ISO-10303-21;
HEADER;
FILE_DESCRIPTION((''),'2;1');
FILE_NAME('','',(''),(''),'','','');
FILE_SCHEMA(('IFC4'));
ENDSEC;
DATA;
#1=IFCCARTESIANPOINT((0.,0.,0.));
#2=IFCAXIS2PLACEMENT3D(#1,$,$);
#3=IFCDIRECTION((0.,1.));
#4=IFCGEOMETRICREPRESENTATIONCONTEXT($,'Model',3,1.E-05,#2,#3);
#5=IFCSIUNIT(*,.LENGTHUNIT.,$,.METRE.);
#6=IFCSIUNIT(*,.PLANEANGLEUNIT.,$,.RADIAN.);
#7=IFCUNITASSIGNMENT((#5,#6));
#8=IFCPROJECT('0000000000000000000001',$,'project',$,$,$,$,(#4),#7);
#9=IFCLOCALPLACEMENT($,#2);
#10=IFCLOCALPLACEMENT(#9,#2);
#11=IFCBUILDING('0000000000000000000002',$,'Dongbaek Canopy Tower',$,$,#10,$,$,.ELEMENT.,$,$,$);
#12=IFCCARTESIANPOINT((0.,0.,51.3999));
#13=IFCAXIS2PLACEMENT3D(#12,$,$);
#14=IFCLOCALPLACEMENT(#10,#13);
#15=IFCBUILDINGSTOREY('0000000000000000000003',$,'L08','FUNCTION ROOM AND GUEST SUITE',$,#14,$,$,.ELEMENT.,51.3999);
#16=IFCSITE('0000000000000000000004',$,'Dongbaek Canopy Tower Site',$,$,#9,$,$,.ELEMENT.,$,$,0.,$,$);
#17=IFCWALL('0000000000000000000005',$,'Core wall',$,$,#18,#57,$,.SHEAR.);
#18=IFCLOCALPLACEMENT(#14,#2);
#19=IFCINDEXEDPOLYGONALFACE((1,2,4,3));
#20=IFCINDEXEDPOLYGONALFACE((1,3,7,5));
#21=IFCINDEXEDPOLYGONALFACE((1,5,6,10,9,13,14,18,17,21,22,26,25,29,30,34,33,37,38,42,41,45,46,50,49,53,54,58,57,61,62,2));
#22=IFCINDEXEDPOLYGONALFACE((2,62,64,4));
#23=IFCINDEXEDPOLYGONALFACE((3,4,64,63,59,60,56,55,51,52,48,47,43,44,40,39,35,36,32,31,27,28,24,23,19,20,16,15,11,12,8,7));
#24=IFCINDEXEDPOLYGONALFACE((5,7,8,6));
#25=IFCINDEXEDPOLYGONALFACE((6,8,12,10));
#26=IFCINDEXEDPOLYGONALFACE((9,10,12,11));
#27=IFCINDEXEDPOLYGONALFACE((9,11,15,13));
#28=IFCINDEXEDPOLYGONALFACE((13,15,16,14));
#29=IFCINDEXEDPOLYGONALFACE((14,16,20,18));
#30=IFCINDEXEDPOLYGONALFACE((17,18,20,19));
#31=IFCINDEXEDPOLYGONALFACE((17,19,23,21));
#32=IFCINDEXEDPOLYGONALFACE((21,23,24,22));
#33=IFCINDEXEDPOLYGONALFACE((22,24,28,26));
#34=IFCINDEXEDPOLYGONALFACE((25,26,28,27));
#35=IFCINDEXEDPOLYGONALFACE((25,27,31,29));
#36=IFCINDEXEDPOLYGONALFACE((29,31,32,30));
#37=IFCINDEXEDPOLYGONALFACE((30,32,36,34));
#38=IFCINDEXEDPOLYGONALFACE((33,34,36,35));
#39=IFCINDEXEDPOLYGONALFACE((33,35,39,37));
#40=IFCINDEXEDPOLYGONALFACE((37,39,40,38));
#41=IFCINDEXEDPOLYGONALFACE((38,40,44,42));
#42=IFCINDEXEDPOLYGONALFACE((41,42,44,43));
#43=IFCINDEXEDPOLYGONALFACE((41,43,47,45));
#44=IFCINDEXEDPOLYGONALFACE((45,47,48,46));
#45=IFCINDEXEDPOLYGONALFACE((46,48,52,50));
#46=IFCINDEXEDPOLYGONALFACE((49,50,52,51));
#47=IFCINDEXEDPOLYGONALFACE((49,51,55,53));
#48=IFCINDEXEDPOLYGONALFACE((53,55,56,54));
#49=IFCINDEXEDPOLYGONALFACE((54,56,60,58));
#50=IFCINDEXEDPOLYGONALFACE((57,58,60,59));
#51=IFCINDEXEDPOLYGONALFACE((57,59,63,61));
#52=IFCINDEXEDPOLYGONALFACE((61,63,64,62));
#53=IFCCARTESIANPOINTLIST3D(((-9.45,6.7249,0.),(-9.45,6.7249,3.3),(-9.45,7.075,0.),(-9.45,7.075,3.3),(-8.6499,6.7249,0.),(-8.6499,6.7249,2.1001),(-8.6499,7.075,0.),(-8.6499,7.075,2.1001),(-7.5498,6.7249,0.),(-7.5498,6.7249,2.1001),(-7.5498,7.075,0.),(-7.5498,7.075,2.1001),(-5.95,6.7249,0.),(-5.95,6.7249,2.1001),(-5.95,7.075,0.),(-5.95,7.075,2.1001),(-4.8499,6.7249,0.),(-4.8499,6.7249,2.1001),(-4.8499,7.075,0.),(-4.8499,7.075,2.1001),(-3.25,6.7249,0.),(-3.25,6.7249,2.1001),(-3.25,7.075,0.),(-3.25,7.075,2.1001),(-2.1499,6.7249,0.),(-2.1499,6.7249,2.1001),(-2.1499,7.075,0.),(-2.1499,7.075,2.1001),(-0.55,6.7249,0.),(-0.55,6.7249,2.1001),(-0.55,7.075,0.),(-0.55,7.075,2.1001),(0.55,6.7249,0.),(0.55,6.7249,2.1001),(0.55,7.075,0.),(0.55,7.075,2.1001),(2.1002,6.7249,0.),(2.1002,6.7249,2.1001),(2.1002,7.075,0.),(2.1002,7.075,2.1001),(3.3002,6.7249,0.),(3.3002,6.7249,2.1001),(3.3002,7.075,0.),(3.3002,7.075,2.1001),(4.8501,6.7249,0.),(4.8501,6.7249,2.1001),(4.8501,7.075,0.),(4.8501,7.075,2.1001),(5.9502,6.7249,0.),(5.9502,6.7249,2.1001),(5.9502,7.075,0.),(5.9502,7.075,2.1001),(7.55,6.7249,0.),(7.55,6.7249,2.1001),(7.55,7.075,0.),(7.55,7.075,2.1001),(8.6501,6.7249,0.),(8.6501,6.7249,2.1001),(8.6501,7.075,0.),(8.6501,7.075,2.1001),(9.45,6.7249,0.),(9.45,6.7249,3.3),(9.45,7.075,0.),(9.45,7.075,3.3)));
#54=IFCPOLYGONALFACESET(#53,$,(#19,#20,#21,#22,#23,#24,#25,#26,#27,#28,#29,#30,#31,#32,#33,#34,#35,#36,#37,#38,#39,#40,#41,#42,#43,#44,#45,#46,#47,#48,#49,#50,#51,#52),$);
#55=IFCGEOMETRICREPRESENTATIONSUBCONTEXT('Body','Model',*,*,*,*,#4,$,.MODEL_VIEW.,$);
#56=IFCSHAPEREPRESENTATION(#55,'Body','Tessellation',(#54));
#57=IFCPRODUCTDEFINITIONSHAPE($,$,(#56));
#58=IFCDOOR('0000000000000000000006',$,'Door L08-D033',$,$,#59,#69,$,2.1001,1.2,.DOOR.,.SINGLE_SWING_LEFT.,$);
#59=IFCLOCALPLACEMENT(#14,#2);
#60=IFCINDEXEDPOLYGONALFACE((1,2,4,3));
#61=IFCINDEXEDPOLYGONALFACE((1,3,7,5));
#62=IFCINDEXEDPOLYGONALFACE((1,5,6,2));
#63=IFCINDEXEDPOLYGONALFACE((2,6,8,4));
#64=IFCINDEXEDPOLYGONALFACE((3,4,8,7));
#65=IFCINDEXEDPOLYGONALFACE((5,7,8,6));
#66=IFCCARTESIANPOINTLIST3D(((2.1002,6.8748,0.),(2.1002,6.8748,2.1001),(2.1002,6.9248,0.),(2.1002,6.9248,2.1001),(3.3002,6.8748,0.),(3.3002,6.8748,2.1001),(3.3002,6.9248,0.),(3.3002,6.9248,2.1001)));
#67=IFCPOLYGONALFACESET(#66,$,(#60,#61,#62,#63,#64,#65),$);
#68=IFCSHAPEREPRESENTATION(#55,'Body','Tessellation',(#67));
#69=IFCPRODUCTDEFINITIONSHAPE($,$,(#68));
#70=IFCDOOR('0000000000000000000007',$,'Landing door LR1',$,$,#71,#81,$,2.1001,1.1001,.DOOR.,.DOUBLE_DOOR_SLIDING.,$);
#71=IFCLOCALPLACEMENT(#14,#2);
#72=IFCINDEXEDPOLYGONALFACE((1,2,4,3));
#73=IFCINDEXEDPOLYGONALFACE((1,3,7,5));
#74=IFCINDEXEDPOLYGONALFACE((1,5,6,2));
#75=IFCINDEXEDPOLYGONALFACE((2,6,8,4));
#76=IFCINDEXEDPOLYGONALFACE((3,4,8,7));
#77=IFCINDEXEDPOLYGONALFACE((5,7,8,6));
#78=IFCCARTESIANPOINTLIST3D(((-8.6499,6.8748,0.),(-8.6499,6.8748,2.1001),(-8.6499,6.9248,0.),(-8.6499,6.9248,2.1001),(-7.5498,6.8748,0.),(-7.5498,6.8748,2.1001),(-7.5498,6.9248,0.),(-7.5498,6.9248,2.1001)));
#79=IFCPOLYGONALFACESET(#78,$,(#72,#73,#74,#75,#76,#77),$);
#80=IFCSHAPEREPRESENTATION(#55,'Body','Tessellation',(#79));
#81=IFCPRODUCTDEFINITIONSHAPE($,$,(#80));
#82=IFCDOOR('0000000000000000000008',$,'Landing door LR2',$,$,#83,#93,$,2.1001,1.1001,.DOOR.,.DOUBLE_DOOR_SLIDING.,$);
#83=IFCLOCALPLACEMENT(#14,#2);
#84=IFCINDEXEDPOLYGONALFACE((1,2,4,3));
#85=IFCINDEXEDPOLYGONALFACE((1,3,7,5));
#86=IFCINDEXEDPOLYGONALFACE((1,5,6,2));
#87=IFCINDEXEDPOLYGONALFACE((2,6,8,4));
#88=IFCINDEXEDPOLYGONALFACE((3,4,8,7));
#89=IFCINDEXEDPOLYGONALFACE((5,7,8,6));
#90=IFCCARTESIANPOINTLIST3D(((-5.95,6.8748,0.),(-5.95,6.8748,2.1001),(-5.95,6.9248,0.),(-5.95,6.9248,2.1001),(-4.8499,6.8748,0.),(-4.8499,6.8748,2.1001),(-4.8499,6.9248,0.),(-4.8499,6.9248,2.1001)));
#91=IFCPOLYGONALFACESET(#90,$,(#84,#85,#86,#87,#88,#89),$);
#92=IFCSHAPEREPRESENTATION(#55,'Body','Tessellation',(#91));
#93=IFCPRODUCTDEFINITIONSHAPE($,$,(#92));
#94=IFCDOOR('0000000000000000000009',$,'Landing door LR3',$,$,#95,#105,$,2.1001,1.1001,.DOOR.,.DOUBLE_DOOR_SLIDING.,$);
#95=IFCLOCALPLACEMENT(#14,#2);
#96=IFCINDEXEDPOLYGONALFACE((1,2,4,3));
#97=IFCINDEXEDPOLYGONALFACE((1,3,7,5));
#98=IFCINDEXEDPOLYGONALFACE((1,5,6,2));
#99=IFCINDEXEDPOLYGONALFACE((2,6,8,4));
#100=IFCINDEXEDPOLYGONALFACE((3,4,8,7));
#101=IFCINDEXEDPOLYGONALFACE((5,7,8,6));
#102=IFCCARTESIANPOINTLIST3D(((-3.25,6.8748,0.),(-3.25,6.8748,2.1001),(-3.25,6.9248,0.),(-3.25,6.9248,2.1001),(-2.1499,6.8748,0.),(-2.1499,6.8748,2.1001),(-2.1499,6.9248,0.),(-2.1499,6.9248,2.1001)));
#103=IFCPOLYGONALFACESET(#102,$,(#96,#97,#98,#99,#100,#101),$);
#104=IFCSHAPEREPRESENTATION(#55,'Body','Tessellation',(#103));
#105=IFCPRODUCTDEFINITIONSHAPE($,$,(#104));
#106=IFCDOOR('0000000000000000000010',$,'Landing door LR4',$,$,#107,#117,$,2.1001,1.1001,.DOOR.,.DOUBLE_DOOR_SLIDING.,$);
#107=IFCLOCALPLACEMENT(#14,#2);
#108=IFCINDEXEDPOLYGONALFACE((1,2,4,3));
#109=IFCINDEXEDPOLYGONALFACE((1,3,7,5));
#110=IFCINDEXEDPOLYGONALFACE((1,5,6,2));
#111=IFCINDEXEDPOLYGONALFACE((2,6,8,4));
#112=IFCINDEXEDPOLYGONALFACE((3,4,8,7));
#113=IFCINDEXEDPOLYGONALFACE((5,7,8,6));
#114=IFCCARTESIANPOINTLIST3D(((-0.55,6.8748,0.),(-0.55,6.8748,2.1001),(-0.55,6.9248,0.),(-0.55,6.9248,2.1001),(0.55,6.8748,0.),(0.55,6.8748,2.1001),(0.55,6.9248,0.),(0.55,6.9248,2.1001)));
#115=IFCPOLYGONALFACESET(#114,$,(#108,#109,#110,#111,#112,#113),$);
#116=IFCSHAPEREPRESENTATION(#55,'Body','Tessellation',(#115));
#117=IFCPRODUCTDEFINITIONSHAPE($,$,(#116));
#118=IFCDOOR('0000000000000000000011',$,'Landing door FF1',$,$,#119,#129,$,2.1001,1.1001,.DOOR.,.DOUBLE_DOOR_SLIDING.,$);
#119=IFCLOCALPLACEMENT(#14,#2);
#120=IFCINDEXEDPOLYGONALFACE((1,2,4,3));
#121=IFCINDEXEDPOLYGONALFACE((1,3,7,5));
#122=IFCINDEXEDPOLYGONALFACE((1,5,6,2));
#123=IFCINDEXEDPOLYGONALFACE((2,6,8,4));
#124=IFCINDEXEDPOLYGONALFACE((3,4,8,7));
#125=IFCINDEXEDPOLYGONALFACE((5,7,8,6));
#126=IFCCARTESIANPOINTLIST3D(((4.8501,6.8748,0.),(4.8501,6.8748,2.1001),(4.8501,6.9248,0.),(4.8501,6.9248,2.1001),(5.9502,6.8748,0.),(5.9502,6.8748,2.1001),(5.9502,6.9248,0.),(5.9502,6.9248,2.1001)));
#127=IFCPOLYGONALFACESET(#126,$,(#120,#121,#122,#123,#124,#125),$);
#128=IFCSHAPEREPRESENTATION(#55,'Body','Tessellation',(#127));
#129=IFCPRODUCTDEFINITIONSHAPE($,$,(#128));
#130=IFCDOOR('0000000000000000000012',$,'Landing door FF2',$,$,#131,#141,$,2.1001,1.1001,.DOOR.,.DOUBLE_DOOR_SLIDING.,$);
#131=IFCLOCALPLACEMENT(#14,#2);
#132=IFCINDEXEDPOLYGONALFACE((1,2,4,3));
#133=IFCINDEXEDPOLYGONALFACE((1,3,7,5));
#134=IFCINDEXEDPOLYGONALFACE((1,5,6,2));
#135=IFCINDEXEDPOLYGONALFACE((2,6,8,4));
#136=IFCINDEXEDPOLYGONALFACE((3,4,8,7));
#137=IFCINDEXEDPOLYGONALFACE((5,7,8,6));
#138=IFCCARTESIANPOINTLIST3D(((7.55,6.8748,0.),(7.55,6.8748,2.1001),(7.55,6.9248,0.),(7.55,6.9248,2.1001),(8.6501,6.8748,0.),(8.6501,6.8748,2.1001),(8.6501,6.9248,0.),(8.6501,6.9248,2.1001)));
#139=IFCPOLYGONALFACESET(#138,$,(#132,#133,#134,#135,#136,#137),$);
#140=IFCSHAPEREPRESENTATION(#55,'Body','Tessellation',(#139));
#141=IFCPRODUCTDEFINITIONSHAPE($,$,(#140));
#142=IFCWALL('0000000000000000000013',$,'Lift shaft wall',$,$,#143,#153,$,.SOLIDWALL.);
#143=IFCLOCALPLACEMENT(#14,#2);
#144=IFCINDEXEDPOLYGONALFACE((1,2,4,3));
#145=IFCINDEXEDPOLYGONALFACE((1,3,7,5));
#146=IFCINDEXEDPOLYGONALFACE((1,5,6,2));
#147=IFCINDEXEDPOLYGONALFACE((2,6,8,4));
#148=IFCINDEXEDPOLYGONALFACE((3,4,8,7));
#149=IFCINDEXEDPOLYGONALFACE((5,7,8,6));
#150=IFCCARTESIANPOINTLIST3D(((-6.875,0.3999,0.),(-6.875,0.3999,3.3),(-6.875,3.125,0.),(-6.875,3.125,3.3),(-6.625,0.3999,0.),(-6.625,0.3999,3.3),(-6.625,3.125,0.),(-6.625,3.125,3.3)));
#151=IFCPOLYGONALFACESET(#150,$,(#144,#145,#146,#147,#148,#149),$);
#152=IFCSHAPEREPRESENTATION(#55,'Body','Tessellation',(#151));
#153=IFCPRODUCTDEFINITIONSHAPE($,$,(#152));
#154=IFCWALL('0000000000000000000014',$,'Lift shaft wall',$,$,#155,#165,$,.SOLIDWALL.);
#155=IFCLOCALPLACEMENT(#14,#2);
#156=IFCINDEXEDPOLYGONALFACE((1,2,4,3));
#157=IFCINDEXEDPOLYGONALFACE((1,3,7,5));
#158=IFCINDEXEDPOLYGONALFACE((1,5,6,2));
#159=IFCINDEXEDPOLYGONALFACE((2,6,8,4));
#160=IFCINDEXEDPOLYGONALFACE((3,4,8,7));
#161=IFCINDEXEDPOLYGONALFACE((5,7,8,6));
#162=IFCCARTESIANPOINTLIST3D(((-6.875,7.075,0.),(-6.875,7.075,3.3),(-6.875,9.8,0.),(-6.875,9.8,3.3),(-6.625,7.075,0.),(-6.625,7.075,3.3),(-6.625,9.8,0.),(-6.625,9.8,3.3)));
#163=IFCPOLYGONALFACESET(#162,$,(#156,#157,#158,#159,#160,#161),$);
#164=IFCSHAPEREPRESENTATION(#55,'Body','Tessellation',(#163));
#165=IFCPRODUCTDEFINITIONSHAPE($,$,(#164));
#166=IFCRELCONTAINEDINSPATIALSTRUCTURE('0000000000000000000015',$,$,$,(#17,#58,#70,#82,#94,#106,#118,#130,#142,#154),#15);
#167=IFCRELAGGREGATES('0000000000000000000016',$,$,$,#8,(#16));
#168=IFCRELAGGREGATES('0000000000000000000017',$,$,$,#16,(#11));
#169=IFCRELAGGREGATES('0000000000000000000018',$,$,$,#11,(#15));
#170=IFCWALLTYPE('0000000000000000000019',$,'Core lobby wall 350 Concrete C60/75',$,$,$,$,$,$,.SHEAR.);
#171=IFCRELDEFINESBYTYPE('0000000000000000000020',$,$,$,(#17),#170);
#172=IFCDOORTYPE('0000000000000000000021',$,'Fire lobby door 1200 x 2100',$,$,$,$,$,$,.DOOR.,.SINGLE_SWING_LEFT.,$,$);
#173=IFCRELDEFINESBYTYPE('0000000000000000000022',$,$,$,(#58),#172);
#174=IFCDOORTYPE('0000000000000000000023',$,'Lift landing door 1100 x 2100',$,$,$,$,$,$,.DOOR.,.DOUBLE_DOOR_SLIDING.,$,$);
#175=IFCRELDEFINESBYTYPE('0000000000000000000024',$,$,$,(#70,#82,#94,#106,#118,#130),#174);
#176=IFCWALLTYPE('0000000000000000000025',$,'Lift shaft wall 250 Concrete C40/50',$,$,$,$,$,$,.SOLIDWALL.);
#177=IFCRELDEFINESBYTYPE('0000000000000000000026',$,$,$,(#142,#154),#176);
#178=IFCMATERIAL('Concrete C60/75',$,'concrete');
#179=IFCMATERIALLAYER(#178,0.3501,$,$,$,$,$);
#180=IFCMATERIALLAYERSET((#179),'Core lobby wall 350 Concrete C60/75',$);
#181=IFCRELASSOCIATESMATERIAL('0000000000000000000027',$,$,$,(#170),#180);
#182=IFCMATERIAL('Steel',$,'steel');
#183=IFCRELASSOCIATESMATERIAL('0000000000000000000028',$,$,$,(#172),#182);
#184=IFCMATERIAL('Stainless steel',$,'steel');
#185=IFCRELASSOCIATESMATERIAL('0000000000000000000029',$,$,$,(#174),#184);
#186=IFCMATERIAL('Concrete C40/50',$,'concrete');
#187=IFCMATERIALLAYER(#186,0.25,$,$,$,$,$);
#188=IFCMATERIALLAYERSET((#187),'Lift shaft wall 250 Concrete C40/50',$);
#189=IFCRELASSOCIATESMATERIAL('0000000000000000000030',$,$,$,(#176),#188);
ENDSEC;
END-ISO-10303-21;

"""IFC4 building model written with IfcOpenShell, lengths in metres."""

from ifc_helpers import new_model, si_unit, direction, frame, frame_2d, origin, place, context, subcontext, project, spatial, rectangle, extrude, material, layer, layer_set, type_object, element, fill, save


model = new_model("IFC4")

# Units and contexts
model_context = context("Model", 3, precision=1e-05, world=origin(), true_north=direction((0.0, 1.0)))
body_context = subcontext(model_context, "Body", "Model", "MODEL_VIEW")
ifc_project = project(units=[si_unit("LENGTHUNIT", "METRE"), si_unit("PLANEANGLEUNIT", "RADIAN")], contexts=[model_context])

# Site, building, storey
site_placement = place(None, origin())
site = spatial("IfcSite", under=ifc_project, at=site_placement, Name="Dongbaek Canopy Tower Site", CompositionType="ELEMENT", RefElevation=0.0)
building_placement = place(site_placement, origin())
building = spatial("IfcBuilding", under=site, at=building_placement, Name="Dongbaek Canopy Tower", CompositionType="ELEMENT")
storey_placement = place(building_placement, frame((0.0, 0.0, 51.3999)))
storey = spatial("IfcBuildingStorey", under=building, at=storey_placement, Name="L08", Description="FUNCTION ROOM AND GUEST SUITE", CompositionType="ELEMENT", Elevation=51.3999)

# Wall, openings, doors
ifc_material_1 = material(Name="Concrete C60/75", Category="concrete")
ifc_layer_1 = layer(ifc_material_1, 0.3501)
ifc_layer_set_1 = layer_set([ifc_layer_1], Name="Core lobby wall 350 Concrete C60/75")
wall_type_1 = type_object("IfcWallType", Name="Core lobby wall 350 Concrete C60/75", PredefinedType="SHEAR", material=ifc_layer_set_1)
wall_1_placement = place(storey_placement, frame((-9.45, 6.8999, 0.0), z_axis=(0.0, 0.0, 1.0), x_axis=(1.0, 0.0, 0.0)))
wall_1 = element("IfcWall", 1, at=wall_1_placement, inside=storey, type_object=wall_type_1, Name="Core wall", PredefinedType="SHEAR", context=body_context, shape_type="SweptSolid", body=[
    extrude(rectangle(XDim=18.8999, YDim=0.3501, at=frame_2d((9.45, 0.0))), origin(), (0.0, 0.0, 1.0), 3.3),
])
opening_1_placement = place(wall_1_placement, frame((0.8, 0.0, 0.0)))
opening_1 = element("IfcOpeningElement", 2, at=opening_1_placement, cuts=wall_1, PredefinedType="OPENING", context=body_context, shape_type="SweptSolid", body=[
    extrude(rectangle(XDim=1.1001, YDim=2.1001, at=frame_2d((0.55, 1.05))), frame((0.0, 0.1851, 0.0), z_axis=(0.0, -1.0, 0.0), x_axis=(1.0, 0.0, 0.0)), (0.0, 0.0, 1.0), 0.3701),
])
opening_2_placement = place(wall_1_placement, frame((3.5, 0.0, 0.0)))
opening_2 = element("IfcOpeningElement", 3, at=opening_2_placement, cuts=wall_1, PredefinedType="OPENING", context=body_context, shape_type="SweptSolid", body=[
    extrude(rectangle(XDim=1.1001, YDim=2.1001, at=frame_2d((0.55, 1.05))), frame((0.0, 0.1851, 0.0), z_axis=(0.0, -1.0, 0.0), x_axis=(1.0, 0.0, 0.0)), (0.0, 0.0, 1.0), 0.3701),
])
opening_3_placement = place(wall_1_placement, frame((6.2, 0.0, 0.0)))
opening_3 = element("IfcOpeningElement", 4, at=opening_3_placement, cuts=wall_1, PredefinedType="OPENING", context=body_context, shape_type="SweptSolid", body=[
    extrude(rectangle(XDim=1.1001, YDim=2.1001, at=frame_2d((0.55, 1.05))), frame((0.0, 0.1851, 0.0), z_axis=(0.0, -1.0, 0.0), x_axis=(1.0, 0.0, 0.0)), (0.0, 0.0, 1.0), 0.3701),
])
opening_4_placement = place(wall_1_placement, frame((8.8999, 0.0, 0.0)))
opening_4 = element("IfcOpeningElement", 5, at=opening_4_placement, cuts=wall_1, PredefinedType="OPENING", context=body_context, shape_type="SweptSolid", body=[
    extrude(rectangle(XDim=1.1001, YDim=2.1001, at=frame_2d((0.55, 1.05))), frame((0.0, 0.1851, 0.0), z_axis=(0.0, -1.0, 0.0), x_axis=(1.0, 0.0, 0.0)), (0.0, 0.0, 1.0), 0.3701),
])
opening_5_placement = place(wall_1_placement, frame((11.55, 0.0, 0.0)))
opening_5 = element("IfcOpeningElement", 6, at=opening_5_placement, cuts=wall_1, PredefinedType="OPENING", context=body_context, shape_type="SweptSolid", body=[
    extrude(rectangle(XDim=1.2, YDim=2.1001, at=frame_2d((0.6001, 1.05))), frame((0.0, 0.1851, 0.0), z_axis=(0.0, -1.0, 0.0), x_axis=(1.0, 0.0, 0.0)), (0.0, 0.0, 1.0), 0.3701),
])
opening_6_placement = place(wall_1_placement, frame((14.3, 0.0, 0.0)))
opening_6 = element("IfcOpeningElement", 7, at=opening_6_placement, cuts=wall_1, PredefinedType="OPENING", context=body_context, shape_type="SweptSolid", body=[
    extrude(rectangle(XDim=1.1001, YDim=2.1001, at=frame_2d((0.55, 1.05))), frame((0.0, 0.1851, 0.0), z_axis=(0.0, -1.0, 0.0), x_axis=(1.0, 0.0, 0.0)), (0.0, 0.0, 1.0), 0.3701),
])
opening_7_placement = place(wall_1_placement, frame((17.0, 0.0, 0.0)))
opening_7 = element("IfcOpeningElement", 8, at=opening_7_placement, cuts=wall_1, PredefinedType="OPENING", context=body_context, shape_type="SweptSolid", body=[
    extrude(rectangle(XDim=1.1001, YDim=2.1001, at=frame_2d((0.55, 1.05))), frame((0.0, 0.1851, 0.0), z_axis=(0.0, -1.0, 0.0), x_axis=(1.0, 0.0, 0.0)), (0.0, 0.0, 1.0), 0.3701),
])
ifc_material_2 = material(Name="Steel", Category="steel")
door_type_1 = type_object("IfcDoorType", Name="Fire lobby door 1200 x 2100", OperationType="SINGLE_SWING_LEFT", PredefinedType="DOOR", material=ifc_material_2)
door_1_placement = place(opening_5_placement, origin())
door_1 = element("IfcDoor", 9, at=door_1_placement, inside=storey, type_object=door_type_1, Name="Door L08-D033", OperationType="SINGLE_SWING_LEFT", OverallHeight=2.1001, OverallWidth=1.2, PredefinedType="DOOR", context=body_context, shape_type="SweptSolid", body=[
    extrude(rectangle(XDim=1.2, YDim=2.1001, at=frame_2d((0.6001, 1.05))), frame((0.0, 0.0249, 0.0), z_axis=(0.0, -1.0, 0.0), x_axis=(1.0, 0.0, 0.0)), (0.0, 0.0, 1.0), 0.05),
])
fill(opening_5, door_1)
ifc_material_3 = material(Name="Stainless steel", Category="steel")
door_type_2 = type_object("IfcDoorType", Name="Lift landing door 1100 x 2100", OperationType="DOUBLE_DOOR_SLIDING", PredefinedType="DOOR", material=ifc_material_3)
door_2_placement = place(opening_1_placement, origin())
door_2 = element("IfcDoor", 10, at=door_2_placement, inside=storey, type_object=door_type_2, Name="Landing door LR1", OperationType="DOUBLE_DOOR_SLIDING", OverallHeight=2.1001, OverallWidth=1.1001, PredefinedType="DOOR", context=body_context, shape_type="SweptSolid", body=[
    extrude(rectangle(XDim=1.1001, YDim=2.1001, at=frame_2d((0.55, 1.05))), frame((0.0, 0.0249, 0.0), z_axis=(0.0, -1.0, 0.0), x_axis=(1.0, 0.0, 0.0)), (0.0, 0.0, 1.0), 0.05),
])
fill(opening_1, door_2)
door_3_placement = place(opening_2_placement, origin())
door_3 = element("IfcDoor", 11, at=door_3_placement, inside=storey, type_object=door_type_2, Name="Landing door LR2", OperationType="DOUBLE_DOOR_SLIDING", OverallHeight=2.1001, OverallWidth=1.1001, PredefinedType="DOOR", context=body_context, shape_type="SweptSolid", body=[
    extrude(rectangle(XDim=1.1001, YDim=2.1001, at=frame_2d((0.55, 1.05))), frame((0.0, 0.0249, 0.0), z_axis=(0.0, -1.0, 0.0), x_axis=(1.0, 0.0, 0.0)), (0.0, 0.0, 1.0), 0.05),
])
fill(opening_2, door_3)
door_4_placement = place(opening_3_placement, origin())
door_4 = element("IfcDoor", 12, at=door_4_placement, inside=storey, type_object=door_type_2, Name="Landing door LR3", OperationType="DOUBLE_DOOR_SLIDING", OverallHeight=2.1001, OverallWidth=1.1001, PredefinedType="DOOR", context=body_context, shape_type="SweptSolid", body=[
    extrude(rectangle(XDim=1.1001, YDim=2.1001, at=frame_2d((0.55, 1.05))), frame((0.0, 0.0249, 0.0), z_axis=(0.0, -1.0, 0.0), x_axis=(1.0, 0.0, 0.0)), (0.0, 0.0, 1.0), 0.05),
])
fill(opening_3, door_4)
door_5_placement = place(opening_4_placement, origin())
door_5 = element("IfcDoor", 13, at=door_5_placement, inside=storey, type_object=door_type_2, Name="Landing door LR4", OperationType="DOUBLE_DOOR_SLIDING", OverallHeight=2.1001, OverallWidth=1.1001, PredefinedType="DOOR", context=body_context, shape_type="SweptSolid", body=[
    extrude(rectangle(XDim=1.1001, YDim=2.1001, at=frame_2d((0.55, 1.05))), frame((0.0, 0.0249, 0.0), z_axis=(0.0, -1.0, 0.0), x_axis=(1.0, 0.0, 0.0)), (0.0, 0.0, 1.0), 0.05),
])
fill(opening_4, door_5)
door_6_placement = place(opening_6_placement, origin())
door_6 = element("IfcDoor", 14, at=door_6_placement, inside=storey, type_object=door_type_2, Name="Landing door FF1", OperationType="DOUBLE_DOOR_SLIDING", OverallHeight=2.1001, OverallWidth=1.1001, PredefinedType="DOOR", context=body_context, shape_type="SweptSolid", body=[
    extrude(rectangle(XDim=1.1001, YDim=2.1001, at=frame_2d((0.55, 1.05))), frame((0.0, 0.0249, 0.0), z_axis=(0.0, -1.0, 0.0), x_axis=(1.0, 0.0, 0.0)), (0.0, 0.0, 1.0), 0.05),
])
fill(opening_6, door_6)
door_7_placement = place(opening_7_placement, origin())
door_7 = element("IfcDoor", 15, at=door_7_placement, inside=storey, type_object=door_type_2, Name="Landing door FF2", OperationType="DOUBLE_DOOR_SLIDING", OverallHeight=2.1001, OverallWidth=1.1001, PredefinedType="DOOR", context=body_context, shape_type="SweptSolid", body=[
    extrude(rectangle(XDim=1.1001, YDim=2.1001, at=frame_2d((0.55, 1.05))), frame((0.0, 0.0249, 0.0), z_axis=(0.0, -1.0, 0.0), x_axis=(1.0, 0.0, 0.0)), (0.0, 0.0, 1.0), 0.05),
])
fill(opening_7, door_7)

# Walls
ifc_material_4 = material(Name="Concrete C40/50", Category="concrete")
ifc_layer_2 = layer(ifc_material_4, 0.25)
ifc_layer_set_2 = layer_set([ifc_layer_2], Name="Lift shaft wall 250 Concrete C40/50")
wall_type_2 = type_object("IfcWallType", Name="Lift shaft wall 250 Concrete C40/50", PredefinedType="SOLIDWALL", material=ifc_layer_set_2)
for number, where, z_axis, x_axis, name in (
    (16, (-6.75, 0.3999, 0.0), (0.0, 0.0, 1.0), (0.0, 1.0, 0.0), "Lift shaft wall"),
    (17, (-6.75, 7.075, 0.0), (0.0, 0.0, 1.0), (0.0, 1.0, 0.0), "Lift shaft wall"),
):
    element("IfcWall", number, at=place(storey_placement, frame(where, z_axis=z_axis, x_axis=x_axis)), inside=storey, type_object=wall_type_2, Name=name, PredefinedType="SOLIDWALL", context=body_context, shape_type="SweptSolid", body=[
        extrude(rectangle(XDim=2.7251, YDim=0.25, at=frame_2d((1.3625, 0.0))), origin(), (0.0, 0.0, 1.0), 3.3),
    ])

save(model, "model.ifc")
